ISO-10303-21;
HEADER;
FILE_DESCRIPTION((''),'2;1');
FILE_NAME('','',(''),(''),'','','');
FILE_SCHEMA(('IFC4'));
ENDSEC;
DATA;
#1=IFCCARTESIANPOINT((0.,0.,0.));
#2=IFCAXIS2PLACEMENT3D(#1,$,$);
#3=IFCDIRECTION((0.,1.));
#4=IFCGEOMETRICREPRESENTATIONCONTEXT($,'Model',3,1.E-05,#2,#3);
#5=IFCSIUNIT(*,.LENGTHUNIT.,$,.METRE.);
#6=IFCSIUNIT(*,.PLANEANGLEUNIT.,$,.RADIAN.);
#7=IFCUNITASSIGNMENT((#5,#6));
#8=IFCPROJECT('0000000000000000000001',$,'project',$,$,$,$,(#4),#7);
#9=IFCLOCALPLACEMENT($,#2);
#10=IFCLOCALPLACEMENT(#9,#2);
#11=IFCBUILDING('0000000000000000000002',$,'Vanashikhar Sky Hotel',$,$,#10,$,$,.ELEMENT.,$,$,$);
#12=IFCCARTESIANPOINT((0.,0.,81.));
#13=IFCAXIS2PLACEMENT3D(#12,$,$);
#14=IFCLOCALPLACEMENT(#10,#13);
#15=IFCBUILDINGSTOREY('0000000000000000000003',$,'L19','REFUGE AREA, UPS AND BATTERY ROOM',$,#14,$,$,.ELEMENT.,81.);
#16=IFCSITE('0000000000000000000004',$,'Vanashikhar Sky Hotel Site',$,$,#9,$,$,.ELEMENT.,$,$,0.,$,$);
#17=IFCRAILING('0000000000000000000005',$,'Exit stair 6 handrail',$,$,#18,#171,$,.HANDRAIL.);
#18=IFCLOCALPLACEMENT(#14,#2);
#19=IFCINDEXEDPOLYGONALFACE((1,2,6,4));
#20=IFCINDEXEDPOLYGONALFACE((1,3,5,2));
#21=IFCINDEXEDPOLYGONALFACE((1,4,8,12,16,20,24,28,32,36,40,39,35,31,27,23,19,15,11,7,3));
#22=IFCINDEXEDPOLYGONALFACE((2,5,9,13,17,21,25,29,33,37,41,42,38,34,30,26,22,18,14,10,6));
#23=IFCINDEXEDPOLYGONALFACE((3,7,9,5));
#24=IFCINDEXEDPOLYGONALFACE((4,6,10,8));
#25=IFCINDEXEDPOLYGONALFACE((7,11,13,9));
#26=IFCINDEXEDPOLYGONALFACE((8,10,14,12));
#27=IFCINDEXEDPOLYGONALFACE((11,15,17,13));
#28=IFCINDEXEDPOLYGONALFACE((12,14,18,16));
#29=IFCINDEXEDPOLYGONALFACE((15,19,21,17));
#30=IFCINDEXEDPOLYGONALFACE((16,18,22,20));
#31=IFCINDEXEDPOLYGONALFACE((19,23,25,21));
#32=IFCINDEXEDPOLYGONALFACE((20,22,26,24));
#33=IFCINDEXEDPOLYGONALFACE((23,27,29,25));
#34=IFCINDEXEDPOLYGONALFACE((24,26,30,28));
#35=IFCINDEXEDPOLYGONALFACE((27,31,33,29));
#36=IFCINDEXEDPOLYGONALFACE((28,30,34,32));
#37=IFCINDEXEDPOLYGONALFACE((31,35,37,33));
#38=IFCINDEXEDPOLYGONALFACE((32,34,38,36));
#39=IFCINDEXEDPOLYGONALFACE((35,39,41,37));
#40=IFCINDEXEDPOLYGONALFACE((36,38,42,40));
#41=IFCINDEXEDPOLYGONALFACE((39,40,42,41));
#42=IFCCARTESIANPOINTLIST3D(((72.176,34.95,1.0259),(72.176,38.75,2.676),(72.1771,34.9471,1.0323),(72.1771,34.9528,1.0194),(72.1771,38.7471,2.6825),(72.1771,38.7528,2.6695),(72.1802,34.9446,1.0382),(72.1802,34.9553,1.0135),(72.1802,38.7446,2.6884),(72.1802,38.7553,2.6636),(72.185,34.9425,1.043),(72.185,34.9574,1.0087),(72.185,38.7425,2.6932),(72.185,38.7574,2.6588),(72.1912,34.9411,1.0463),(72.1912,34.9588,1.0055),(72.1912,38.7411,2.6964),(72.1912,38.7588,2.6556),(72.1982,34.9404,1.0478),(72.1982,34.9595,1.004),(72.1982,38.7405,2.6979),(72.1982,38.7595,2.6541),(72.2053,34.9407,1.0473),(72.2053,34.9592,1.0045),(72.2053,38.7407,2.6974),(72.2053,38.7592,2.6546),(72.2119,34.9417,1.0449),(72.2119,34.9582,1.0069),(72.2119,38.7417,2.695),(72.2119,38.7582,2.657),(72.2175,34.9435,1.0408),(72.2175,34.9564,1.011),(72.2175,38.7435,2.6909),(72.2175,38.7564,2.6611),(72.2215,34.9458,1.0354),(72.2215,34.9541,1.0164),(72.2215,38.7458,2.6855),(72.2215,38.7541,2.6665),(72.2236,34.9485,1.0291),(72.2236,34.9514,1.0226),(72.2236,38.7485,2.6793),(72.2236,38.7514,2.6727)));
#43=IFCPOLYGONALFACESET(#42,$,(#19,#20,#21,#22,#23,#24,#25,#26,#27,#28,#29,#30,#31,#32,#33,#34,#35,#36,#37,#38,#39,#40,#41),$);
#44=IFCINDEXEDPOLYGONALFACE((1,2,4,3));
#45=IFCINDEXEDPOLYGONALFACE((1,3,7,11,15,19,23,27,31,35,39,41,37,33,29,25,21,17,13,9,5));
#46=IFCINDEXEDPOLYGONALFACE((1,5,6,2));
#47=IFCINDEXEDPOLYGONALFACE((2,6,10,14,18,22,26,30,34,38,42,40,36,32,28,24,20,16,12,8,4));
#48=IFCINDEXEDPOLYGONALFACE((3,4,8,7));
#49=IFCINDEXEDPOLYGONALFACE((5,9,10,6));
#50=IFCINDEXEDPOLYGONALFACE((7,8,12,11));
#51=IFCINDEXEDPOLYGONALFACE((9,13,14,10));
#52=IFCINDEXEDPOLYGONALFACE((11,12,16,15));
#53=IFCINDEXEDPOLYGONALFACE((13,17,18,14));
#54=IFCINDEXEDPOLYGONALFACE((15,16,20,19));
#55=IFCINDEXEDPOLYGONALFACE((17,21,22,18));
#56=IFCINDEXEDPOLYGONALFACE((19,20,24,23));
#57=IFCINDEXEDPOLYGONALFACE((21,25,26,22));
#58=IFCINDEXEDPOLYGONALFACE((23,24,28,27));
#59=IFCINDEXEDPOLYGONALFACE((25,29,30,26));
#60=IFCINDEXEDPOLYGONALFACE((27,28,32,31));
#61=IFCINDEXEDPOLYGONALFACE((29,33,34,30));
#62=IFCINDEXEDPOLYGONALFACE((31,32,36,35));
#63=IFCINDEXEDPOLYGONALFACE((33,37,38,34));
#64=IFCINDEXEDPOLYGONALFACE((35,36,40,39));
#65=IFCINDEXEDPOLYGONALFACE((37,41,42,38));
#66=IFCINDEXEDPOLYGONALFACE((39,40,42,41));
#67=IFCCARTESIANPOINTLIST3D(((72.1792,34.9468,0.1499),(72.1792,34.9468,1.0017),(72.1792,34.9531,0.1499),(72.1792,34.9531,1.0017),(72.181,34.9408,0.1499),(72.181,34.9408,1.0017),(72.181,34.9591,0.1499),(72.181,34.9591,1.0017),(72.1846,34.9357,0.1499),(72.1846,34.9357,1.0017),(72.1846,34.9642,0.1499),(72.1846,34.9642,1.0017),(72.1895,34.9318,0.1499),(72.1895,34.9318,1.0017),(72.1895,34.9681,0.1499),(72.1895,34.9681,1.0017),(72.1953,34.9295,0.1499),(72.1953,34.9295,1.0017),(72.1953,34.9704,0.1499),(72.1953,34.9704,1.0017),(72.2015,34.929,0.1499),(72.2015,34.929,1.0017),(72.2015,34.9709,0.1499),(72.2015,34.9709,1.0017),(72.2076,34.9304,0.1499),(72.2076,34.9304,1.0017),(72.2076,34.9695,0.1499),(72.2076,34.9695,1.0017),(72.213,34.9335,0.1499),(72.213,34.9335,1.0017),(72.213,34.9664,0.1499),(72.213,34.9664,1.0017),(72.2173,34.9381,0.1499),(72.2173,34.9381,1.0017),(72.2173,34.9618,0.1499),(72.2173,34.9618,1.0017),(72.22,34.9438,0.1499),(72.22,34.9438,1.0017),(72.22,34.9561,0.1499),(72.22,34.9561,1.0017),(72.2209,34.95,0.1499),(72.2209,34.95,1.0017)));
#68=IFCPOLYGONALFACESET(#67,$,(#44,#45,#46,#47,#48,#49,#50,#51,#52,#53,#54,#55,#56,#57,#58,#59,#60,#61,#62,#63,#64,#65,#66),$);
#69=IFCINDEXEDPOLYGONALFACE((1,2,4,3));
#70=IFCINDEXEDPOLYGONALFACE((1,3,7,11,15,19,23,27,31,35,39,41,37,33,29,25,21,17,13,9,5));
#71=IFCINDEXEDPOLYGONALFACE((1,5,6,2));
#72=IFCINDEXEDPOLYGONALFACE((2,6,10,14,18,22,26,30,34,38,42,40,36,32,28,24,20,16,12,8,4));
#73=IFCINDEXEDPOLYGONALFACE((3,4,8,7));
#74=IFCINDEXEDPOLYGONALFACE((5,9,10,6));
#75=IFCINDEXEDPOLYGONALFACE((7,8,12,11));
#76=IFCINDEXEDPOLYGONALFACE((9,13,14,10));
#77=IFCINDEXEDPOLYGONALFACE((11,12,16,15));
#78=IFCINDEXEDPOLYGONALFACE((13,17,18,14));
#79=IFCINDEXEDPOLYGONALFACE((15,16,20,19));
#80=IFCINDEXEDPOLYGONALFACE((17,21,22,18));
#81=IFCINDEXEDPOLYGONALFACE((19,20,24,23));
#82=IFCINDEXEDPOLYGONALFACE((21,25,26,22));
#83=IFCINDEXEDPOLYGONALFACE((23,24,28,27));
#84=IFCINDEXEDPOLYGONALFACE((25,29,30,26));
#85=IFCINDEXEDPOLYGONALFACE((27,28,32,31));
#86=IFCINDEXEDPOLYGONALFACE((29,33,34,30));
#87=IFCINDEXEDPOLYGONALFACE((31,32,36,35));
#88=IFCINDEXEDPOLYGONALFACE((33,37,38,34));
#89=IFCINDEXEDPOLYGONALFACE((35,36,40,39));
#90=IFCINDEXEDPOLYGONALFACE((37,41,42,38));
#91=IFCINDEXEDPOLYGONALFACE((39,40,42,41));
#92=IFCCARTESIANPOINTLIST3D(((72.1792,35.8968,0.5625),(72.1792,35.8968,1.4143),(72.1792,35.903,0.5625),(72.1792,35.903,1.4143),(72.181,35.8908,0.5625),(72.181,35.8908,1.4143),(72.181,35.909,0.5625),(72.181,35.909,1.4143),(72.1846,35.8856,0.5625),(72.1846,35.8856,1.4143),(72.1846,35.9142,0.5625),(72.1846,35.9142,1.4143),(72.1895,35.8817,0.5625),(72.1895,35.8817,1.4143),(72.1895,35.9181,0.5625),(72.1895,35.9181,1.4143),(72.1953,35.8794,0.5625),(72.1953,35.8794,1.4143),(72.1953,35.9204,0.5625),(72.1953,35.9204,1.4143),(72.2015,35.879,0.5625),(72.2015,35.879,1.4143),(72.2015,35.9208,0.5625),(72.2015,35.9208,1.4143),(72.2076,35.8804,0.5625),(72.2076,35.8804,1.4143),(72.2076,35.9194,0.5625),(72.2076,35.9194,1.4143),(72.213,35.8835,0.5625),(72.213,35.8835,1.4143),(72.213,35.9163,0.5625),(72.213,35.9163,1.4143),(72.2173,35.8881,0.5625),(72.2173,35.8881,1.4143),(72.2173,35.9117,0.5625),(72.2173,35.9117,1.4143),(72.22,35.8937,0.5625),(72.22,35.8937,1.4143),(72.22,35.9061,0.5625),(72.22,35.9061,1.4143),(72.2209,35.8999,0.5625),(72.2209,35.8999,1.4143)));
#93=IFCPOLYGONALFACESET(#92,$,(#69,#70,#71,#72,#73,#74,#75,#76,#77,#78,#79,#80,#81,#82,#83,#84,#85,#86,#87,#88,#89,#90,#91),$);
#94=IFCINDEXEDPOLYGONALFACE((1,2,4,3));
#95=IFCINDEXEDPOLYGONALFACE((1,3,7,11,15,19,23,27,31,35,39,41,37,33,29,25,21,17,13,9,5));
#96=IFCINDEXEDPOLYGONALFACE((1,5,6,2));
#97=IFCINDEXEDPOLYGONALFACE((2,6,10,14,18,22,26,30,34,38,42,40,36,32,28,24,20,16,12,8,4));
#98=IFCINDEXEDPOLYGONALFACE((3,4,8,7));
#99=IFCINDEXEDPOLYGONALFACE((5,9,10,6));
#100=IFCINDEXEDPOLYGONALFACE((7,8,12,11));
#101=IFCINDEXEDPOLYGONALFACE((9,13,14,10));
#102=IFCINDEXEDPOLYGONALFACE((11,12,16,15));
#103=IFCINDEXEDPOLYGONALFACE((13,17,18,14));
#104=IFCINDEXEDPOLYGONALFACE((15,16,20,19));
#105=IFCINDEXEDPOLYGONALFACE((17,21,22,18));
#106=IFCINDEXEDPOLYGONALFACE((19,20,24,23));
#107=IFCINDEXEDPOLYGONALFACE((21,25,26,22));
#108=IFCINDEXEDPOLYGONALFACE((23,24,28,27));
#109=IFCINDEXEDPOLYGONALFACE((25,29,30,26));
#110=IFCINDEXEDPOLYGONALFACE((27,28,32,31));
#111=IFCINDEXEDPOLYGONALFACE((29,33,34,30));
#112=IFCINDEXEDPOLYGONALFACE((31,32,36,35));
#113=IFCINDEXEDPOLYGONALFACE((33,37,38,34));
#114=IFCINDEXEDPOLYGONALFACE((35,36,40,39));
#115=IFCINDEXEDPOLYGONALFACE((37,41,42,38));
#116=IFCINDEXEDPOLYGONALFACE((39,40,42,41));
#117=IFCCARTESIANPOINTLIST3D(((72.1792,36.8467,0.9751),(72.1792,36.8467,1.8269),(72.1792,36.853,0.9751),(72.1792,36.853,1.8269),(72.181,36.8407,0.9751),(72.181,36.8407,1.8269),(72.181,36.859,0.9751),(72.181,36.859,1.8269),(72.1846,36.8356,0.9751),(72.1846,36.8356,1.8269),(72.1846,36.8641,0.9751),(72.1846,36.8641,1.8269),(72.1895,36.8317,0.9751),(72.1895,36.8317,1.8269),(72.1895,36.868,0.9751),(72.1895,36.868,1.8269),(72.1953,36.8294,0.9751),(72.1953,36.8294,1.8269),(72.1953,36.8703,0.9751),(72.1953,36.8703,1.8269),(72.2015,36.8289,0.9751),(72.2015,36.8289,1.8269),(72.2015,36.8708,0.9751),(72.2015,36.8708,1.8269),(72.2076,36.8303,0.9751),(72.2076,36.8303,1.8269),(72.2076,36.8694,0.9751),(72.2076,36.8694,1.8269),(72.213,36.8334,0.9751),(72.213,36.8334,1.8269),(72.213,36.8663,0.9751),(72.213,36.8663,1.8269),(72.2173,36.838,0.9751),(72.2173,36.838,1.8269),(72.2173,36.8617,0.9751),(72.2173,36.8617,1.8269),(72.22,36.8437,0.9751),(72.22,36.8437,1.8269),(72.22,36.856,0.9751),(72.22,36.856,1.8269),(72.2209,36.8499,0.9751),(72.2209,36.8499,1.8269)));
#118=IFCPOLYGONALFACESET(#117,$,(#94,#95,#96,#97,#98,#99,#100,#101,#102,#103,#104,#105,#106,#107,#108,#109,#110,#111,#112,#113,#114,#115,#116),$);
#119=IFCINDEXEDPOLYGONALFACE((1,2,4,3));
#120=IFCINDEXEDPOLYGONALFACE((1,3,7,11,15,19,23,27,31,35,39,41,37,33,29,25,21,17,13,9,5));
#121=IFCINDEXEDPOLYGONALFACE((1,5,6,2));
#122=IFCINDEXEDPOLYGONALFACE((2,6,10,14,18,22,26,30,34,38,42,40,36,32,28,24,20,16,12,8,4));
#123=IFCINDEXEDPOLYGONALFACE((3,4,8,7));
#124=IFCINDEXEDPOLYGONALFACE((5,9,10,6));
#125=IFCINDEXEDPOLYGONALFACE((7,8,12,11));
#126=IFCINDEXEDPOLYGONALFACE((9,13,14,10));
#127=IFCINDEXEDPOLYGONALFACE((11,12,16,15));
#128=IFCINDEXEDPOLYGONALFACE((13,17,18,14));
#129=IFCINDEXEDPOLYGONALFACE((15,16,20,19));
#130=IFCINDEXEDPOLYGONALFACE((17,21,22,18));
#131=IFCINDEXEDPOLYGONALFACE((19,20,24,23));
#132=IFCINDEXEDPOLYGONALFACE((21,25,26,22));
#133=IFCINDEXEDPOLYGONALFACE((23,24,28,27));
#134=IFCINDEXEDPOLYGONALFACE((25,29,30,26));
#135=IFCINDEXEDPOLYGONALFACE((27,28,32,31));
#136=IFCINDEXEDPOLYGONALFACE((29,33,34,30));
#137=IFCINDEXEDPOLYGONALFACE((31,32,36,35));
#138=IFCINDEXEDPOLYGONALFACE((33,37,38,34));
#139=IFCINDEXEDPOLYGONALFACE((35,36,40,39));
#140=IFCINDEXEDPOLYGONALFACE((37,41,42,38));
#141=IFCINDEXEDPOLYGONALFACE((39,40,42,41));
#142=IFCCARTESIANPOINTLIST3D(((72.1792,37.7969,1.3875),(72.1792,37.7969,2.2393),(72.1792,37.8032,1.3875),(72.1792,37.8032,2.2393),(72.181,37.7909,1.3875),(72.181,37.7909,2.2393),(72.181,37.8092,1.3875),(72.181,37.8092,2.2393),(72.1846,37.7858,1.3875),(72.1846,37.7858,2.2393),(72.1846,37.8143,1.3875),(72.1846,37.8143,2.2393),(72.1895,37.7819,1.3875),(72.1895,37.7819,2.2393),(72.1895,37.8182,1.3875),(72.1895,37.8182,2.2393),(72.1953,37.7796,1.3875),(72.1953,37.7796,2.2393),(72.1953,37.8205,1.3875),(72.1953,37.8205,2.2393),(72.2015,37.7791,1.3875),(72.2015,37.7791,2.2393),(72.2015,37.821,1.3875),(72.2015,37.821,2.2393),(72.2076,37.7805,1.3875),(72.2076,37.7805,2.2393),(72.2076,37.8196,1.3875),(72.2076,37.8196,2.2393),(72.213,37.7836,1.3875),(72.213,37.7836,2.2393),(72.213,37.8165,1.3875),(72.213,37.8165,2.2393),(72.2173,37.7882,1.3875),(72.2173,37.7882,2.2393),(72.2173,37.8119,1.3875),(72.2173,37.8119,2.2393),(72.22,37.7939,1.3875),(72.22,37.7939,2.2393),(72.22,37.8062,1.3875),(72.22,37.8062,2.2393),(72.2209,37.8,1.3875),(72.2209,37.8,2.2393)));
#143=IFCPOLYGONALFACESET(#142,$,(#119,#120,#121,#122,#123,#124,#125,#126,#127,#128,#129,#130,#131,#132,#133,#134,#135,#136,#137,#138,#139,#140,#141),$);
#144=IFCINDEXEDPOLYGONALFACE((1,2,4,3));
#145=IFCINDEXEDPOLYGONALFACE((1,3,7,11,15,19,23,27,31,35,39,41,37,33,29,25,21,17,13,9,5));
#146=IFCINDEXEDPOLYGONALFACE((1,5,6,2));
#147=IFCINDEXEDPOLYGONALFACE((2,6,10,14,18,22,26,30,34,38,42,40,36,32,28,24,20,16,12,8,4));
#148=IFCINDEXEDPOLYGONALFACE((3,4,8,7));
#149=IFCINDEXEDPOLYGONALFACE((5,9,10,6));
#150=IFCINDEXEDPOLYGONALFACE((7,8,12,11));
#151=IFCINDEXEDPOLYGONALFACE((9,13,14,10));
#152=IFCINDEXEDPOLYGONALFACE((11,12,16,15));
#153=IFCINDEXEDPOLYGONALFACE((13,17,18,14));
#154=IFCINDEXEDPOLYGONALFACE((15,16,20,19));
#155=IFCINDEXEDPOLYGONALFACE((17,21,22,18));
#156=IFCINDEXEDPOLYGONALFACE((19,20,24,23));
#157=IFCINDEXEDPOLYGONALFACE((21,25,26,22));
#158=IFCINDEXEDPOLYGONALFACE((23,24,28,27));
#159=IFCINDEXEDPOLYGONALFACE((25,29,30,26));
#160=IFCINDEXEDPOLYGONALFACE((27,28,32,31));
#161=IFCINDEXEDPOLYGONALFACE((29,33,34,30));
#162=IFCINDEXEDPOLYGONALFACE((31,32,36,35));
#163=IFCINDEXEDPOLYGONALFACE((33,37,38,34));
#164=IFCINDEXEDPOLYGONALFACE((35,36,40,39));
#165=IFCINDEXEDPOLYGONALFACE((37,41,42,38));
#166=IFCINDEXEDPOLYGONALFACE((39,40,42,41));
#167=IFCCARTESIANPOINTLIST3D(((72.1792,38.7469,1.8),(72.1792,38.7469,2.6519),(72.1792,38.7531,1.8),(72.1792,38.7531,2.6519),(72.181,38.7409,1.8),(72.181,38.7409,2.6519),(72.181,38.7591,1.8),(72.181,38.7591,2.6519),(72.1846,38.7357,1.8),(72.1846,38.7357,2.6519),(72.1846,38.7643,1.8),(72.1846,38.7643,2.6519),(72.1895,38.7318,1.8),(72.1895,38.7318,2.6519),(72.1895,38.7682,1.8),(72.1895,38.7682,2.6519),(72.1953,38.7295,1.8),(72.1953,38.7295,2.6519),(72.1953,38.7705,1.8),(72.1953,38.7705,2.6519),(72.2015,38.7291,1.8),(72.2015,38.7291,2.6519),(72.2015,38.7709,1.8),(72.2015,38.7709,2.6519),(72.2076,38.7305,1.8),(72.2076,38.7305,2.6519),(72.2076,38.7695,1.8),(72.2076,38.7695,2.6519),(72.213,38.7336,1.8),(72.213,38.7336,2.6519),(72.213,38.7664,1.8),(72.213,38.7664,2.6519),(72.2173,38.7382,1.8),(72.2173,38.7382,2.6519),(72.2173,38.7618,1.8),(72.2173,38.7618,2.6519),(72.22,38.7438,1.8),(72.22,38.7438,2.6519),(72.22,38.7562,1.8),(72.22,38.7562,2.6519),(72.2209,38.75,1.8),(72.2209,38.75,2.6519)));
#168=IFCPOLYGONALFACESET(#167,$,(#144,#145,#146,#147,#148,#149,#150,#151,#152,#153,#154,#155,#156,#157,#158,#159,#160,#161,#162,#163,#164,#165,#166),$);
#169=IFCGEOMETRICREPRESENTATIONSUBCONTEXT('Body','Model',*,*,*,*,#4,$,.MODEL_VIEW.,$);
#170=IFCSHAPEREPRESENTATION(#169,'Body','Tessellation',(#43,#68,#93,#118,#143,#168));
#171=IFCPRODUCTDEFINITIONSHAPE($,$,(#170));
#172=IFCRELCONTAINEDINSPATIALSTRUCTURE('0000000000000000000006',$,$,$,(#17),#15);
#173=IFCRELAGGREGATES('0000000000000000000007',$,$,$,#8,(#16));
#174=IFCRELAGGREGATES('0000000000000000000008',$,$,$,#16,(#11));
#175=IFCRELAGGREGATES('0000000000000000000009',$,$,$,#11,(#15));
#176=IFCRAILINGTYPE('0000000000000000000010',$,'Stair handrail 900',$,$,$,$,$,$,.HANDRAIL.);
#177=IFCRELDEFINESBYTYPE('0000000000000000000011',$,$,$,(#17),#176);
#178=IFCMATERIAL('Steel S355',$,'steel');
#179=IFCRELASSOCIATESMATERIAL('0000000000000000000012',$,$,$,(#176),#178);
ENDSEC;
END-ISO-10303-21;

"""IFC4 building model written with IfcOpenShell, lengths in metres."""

from ifc_helpers import new_model, si_unit, direction, frame, origin, origin_2d, place, context, subcontext, project, spatial, circle, extrude, source, transform, mapped, material, type_object, element, save


model = new_model("IFC4")

# Units and contexts
model_context = context("Model", 3, precision=1e-05, world=origin(), true_north=direction((0.0, 1.0)))
body_context = subcontext(model_context, "Body", "Model", "MODEL_VIEW")
ifc_project = project(units=[si_unit("LENGTHUNIT", "METRE"), si_unit("PLANEANGLEUNIT", "RADIAN")], contexts=[model_context])

# Site, building, storey
site_placement = place(None, origin())
site = spatial("IfcSite", under=ifc_project, at=site_placement, Name="Vanashikhar Sky Hotel Site", CompositionType="ELEMENT", RefElevation=0.0)
building_placement = place(site_placement, origin())
building = spatial("IfcBuilding", under=site, at=building_placement, Name="Vanashikhar Sky Hotel", CompositionType="ELEMENT")
storey_placement = place(building_placement, frame((0.0, 0.0, 81.0)))
storey = spatial("IfcBuildingStorey", under=building, at=storey_placement, Name="L19", Description="REFUGE AREA, UPS AND BATTERY ROOM", CompositionType="ELEMENT", Elevation=81.0)

# Railing
ifc_material_1 = material(Name="Steel S355", Category="steel")
railing_type_1 = type_object("IfcRailingType", Name="Stair handrail 900", PredefinedType="HANDRAIL", material=ifc_material_1)
shared_shape_1 = source(origin(), body_context, "Body", "SweptSolid", [
    extrude(circle(Radius=0.0239, at=origin_2d()), frame((0.0, 0.0, 0.876), z_axis=(0.0, 0.917251, 0.39831), x_axis=(-1.0, 0.0, 0.0)), (0.0, 0.0, 1.0), 4.1428),
    extrude(circle(Radius=0.021, at=origin_2d()), origin(), (0.0, 0.0, 1.0), 0.8518),
    extrude(circle(Radius=0.021, at=origin_2d()), frame((0.0, 0.95, 0.4126)), (0.0, 0.0, 1.0), 0.8518),
    extrude(circle(Radius=0.021, at=origin_2d()), frame((0.0, 1.8999, 0.8252)), (0.0, 0.0, 1.0), 0.8518),
    extrude(circle(Radius=0.021, at=origin_2d()), frame((0.0, 2.8501, 1.2375)), (0.0, 0.0, 1.0), 0.8518),
    extrude(circle(Radius=0.021, at=origin_2d()), frame((0.0, 3.8, 1.6501)), (0.0, 0.0, 1.0), 0.8518),
])
for number, where, name in (
    (1, (72.2, 34.95, 0.1499), "Exit stair 6 handrail"),
):
    element("IfcRailing", number, at=place(storey_placement, frame(where)), inside=storey, type_object=railing_type_1, Name=name, PredefinedType="HANDRAIL", context=body_context, shape_type="MappedRepresentation", body=[
        mapped(shared_shape_1, transform((0.0, 0.0, 0.0), scale=1.0)),
    ])

save(model, "model.ifc")
